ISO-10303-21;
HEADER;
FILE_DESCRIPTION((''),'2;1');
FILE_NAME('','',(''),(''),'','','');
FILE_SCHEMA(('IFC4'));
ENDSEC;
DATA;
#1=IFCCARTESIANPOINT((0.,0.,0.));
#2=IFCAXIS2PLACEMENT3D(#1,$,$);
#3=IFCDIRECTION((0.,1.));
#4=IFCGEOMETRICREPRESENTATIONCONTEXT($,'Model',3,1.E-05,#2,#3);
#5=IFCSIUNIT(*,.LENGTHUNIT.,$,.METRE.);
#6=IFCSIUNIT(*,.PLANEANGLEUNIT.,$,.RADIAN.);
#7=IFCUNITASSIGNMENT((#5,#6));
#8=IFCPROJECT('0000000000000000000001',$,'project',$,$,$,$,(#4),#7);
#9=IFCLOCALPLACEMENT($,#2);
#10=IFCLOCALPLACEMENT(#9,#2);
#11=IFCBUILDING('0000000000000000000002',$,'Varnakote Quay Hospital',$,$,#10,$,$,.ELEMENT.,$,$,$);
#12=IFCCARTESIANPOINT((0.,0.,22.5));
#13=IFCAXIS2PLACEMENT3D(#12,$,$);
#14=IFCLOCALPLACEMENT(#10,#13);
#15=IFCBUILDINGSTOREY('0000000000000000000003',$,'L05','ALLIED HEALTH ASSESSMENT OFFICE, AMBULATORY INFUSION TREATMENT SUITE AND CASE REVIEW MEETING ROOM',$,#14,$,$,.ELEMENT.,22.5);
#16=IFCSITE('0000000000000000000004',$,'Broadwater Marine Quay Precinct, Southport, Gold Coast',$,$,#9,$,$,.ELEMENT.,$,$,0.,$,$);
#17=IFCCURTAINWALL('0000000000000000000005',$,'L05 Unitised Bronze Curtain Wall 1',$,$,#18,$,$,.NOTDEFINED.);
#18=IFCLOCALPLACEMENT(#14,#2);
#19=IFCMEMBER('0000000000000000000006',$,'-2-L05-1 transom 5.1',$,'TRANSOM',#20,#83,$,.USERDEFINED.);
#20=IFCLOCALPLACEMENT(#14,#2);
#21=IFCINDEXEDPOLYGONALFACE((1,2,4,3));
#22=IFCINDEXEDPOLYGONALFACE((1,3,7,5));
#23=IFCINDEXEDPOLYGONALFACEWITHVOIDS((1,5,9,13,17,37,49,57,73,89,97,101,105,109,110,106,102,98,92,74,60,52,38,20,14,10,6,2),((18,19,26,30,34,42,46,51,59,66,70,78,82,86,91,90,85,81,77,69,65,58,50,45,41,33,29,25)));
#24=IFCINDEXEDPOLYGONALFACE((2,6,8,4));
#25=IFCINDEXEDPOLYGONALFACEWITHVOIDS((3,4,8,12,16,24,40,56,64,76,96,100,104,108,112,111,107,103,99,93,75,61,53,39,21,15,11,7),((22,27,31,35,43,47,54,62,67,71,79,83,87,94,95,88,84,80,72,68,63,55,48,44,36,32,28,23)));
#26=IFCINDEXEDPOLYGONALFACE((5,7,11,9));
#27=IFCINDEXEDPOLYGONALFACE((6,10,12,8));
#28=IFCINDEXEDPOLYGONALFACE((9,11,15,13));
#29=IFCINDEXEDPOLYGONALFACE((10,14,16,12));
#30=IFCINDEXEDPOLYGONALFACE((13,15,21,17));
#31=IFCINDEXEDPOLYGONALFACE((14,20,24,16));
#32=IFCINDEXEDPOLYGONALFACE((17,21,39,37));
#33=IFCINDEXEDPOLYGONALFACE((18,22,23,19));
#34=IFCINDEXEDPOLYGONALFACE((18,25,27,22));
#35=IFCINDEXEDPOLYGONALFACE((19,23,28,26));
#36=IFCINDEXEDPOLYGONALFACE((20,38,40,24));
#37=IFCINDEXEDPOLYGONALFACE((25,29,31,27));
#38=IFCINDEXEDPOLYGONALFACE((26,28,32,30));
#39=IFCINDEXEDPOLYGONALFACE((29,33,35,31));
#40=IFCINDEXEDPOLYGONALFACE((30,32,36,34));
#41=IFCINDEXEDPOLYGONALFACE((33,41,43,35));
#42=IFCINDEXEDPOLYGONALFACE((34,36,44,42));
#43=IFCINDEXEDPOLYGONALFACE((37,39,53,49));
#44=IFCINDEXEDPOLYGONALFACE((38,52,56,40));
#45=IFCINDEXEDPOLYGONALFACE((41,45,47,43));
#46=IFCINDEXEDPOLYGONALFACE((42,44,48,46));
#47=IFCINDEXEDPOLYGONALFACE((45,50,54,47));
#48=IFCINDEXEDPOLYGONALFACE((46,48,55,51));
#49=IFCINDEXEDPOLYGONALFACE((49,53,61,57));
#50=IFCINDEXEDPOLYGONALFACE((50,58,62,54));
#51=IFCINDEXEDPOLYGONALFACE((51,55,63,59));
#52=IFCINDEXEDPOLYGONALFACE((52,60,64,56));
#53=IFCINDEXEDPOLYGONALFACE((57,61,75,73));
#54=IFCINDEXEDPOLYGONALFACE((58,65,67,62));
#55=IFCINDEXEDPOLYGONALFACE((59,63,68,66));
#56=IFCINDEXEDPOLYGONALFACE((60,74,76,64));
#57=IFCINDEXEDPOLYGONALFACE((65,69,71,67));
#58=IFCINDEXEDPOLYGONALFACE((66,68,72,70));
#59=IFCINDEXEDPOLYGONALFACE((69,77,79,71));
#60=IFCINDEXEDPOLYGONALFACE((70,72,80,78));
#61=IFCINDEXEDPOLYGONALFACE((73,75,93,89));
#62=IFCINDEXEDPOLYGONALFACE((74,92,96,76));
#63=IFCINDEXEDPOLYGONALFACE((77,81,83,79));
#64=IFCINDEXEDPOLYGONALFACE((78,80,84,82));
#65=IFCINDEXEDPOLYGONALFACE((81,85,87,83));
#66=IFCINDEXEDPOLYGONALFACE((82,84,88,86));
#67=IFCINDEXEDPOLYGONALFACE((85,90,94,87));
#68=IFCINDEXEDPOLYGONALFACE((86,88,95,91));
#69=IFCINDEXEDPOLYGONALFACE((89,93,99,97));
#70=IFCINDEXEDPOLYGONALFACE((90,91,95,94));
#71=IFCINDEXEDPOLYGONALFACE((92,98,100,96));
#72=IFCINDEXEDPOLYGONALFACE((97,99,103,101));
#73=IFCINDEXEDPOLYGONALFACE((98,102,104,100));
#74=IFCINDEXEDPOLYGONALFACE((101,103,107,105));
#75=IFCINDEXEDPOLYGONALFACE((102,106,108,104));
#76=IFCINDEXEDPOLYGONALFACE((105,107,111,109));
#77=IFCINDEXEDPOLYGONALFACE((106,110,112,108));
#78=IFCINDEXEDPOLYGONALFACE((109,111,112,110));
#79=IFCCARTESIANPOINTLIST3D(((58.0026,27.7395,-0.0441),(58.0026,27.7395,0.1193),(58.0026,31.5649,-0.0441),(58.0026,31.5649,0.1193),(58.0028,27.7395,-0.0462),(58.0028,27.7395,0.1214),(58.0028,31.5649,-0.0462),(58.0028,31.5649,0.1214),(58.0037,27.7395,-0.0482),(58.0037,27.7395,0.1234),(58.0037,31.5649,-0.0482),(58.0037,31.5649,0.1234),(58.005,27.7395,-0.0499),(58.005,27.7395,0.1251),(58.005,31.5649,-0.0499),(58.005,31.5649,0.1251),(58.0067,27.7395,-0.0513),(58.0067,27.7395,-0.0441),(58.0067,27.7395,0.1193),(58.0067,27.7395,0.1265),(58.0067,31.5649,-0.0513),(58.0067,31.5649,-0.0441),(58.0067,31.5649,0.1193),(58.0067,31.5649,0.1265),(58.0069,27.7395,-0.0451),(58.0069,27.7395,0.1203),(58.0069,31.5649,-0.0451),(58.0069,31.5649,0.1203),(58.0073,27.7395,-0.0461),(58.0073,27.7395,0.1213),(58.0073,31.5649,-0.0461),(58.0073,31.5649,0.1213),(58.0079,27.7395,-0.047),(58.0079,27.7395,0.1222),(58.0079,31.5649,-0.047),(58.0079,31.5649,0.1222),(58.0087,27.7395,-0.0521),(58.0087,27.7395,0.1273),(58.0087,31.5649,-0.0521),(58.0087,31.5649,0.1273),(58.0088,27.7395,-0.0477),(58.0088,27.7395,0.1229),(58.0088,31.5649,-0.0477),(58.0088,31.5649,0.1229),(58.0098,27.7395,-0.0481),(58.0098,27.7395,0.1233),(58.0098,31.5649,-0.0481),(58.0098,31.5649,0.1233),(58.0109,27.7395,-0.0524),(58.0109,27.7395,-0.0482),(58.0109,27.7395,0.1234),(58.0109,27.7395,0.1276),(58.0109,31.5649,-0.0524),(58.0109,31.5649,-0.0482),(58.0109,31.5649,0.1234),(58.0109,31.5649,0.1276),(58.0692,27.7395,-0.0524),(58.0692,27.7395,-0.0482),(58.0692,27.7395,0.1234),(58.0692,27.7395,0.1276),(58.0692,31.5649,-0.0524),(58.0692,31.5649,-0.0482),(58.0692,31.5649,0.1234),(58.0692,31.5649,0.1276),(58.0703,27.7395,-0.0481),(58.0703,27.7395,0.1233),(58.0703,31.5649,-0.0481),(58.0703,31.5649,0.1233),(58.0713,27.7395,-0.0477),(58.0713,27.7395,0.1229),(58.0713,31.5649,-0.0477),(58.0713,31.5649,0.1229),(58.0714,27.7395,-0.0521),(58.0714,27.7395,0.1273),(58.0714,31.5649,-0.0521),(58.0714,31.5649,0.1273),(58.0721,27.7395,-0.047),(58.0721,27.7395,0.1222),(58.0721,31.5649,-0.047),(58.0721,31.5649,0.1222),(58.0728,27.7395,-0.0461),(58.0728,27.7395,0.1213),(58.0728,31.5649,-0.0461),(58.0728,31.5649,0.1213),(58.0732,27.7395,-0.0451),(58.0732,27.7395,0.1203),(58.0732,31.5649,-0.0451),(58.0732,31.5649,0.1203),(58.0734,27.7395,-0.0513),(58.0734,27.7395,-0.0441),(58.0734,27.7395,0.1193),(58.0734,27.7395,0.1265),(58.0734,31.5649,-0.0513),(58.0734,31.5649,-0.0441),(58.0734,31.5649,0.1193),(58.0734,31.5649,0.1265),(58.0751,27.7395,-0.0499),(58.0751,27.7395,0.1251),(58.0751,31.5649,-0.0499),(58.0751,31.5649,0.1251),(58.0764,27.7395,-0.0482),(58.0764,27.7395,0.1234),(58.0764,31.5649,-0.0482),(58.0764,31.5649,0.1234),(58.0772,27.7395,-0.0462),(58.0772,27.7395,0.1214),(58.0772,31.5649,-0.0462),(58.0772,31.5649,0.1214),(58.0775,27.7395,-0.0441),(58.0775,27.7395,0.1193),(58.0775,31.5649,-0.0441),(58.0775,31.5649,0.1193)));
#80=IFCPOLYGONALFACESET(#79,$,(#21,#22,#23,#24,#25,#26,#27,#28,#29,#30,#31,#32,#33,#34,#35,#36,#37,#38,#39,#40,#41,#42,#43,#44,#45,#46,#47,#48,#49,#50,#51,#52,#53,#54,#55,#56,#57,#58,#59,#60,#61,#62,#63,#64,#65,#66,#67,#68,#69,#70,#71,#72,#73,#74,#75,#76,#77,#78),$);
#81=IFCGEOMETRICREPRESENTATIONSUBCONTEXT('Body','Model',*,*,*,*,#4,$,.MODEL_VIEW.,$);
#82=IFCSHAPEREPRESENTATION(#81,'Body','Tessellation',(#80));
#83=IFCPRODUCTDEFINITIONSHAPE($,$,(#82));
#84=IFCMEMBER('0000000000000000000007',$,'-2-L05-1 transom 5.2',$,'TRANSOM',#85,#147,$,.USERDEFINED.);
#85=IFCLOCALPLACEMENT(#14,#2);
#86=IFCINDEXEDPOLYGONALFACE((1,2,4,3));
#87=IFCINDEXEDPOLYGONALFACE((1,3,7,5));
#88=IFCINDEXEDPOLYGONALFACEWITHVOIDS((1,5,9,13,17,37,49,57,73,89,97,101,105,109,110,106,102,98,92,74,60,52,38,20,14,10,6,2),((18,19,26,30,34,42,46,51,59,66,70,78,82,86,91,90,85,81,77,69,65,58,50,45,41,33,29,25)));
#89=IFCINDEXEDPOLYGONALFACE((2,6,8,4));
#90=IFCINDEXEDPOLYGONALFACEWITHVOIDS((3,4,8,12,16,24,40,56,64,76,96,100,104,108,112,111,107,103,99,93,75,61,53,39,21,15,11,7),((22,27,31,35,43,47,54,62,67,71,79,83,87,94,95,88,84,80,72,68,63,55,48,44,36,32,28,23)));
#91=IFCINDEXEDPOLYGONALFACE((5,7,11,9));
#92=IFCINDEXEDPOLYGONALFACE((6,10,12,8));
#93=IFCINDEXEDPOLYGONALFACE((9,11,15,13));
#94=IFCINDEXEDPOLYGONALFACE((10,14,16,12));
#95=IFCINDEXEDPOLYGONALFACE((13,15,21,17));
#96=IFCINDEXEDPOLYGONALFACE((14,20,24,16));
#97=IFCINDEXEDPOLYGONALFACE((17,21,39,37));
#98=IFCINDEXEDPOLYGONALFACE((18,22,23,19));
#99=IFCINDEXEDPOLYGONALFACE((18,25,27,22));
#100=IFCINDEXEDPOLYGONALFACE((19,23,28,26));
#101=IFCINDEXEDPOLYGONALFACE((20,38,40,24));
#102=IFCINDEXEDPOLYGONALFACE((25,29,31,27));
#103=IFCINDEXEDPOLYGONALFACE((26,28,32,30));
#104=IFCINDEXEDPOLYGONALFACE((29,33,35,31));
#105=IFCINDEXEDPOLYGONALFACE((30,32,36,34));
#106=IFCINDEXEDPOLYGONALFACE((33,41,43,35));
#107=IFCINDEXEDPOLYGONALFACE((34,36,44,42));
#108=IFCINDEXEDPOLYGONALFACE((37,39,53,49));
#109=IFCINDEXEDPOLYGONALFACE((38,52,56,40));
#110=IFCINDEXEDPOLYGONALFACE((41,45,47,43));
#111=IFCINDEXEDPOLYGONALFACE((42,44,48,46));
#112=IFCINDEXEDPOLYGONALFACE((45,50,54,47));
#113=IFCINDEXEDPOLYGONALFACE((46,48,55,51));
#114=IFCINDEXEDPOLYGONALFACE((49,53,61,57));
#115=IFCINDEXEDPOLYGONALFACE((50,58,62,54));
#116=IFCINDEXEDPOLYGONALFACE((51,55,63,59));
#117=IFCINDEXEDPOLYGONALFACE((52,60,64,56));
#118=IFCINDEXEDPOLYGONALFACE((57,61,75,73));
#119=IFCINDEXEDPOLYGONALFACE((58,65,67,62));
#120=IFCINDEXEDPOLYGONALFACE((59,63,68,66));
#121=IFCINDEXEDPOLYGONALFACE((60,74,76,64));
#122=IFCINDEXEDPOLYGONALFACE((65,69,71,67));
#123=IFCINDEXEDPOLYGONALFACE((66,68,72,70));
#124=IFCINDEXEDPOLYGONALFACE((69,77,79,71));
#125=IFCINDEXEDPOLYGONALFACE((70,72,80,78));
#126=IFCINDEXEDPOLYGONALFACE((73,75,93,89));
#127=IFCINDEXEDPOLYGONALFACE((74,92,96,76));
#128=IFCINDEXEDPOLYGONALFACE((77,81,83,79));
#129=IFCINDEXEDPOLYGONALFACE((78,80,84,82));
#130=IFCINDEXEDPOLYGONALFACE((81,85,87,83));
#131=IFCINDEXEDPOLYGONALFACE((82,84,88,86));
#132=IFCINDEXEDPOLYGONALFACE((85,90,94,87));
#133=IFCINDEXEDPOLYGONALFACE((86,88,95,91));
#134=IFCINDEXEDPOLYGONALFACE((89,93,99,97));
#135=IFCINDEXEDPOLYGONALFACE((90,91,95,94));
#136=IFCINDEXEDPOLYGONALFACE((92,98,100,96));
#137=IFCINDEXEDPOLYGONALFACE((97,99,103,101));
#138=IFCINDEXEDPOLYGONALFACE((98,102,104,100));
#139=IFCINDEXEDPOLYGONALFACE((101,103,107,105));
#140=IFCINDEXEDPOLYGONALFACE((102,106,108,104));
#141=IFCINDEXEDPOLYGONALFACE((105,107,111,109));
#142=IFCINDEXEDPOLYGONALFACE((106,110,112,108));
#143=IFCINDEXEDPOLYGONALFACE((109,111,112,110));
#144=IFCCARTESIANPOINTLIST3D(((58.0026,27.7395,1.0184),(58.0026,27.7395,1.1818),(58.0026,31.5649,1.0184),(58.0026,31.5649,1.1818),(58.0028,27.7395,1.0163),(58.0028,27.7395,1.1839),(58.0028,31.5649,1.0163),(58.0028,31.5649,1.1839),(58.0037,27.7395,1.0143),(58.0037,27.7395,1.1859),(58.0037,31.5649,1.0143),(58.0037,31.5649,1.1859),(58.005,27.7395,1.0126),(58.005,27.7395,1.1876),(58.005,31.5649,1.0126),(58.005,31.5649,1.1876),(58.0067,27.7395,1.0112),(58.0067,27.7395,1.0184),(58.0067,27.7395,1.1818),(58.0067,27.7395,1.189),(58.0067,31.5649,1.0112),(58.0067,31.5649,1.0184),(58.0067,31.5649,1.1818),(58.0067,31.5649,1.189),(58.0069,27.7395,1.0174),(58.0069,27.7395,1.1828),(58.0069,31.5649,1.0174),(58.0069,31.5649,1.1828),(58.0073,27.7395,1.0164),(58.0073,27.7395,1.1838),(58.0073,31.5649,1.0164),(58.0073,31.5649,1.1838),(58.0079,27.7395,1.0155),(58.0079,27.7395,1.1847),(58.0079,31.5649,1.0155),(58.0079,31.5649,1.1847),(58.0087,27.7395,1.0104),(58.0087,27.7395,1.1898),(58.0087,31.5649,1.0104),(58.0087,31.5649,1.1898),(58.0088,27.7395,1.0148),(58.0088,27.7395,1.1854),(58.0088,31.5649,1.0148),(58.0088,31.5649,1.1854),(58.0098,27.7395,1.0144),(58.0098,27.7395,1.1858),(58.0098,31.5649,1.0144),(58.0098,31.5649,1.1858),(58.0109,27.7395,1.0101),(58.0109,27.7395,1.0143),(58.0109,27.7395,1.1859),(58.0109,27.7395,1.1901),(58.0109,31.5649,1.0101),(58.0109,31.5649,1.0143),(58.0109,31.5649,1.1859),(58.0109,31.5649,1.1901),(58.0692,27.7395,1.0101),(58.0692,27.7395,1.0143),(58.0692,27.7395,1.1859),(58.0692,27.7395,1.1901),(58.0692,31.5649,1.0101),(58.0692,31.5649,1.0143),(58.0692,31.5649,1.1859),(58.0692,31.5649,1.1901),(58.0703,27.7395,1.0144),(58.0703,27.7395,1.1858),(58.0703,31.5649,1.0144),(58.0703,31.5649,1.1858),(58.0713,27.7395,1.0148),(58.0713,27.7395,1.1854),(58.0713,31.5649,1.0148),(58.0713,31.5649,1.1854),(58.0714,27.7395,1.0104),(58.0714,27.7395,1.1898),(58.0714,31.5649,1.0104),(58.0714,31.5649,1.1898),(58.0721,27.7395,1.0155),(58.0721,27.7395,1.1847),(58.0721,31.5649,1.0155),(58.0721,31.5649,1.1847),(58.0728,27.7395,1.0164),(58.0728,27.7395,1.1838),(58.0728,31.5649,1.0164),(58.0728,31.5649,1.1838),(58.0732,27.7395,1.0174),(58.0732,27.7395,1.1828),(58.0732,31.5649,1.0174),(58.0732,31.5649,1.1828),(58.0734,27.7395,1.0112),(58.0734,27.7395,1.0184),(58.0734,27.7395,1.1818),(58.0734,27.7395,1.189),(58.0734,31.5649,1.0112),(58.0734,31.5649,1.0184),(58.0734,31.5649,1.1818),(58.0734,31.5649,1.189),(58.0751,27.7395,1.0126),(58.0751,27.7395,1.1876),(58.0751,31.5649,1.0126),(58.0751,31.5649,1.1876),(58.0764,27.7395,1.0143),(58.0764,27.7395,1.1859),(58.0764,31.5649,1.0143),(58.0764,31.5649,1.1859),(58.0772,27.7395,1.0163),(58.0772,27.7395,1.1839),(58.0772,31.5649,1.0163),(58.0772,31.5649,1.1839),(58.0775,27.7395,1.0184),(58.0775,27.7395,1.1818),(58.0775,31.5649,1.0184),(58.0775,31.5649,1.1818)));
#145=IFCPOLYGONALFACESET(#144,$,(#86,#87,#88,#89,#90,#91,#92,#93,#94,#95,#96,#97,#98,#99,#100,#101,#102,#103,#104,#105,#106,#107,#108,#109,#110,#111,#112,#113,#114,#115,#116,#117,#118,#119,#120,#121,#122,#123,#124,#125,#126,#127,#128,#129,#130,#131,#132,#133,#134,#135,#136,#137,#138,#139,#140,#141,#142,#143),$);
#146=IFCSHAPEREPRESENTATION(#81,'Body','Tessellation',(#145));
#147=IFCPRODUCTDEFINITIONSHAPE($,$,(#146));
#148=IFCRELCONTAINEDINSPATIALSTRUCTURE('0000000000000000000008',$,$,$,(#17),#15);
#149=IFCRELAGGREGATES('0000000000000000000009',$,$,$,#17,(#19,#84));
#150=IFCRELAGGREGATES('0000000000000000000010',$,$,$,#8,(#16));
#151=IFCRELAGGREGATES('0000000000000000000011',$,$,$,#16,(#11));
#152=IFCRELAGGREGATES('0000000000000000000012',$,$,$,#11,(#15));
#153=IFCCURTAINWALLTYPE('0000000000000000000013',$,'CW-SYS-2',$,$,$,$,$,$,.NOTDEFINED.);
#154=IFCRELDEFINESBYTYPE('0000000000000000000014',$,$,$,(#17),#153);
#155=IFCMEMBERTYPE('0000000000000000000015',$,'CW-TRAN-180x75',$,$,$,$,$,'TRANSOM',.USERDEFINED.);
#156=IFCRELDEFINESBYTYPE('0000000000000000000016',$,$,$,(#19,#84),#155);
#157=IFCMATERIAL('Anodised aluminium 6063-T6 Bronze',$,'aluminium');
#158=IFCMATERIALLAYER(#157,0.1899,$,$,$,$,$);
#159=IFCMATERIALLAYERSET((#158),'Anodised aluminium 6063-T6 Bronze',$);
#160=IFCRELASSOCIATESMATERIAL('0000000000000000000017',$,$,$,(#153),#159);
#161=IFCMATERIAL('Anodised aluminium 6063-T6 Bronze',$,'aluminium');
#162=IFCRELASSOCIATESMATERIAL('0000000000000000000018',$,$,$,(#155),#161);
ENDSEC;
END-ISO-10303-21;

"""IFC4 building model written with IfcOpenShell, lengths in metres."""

from ifc_helpers import new_model, si_unit, direction, frame, origin, origin_2d, place, context, subcontext, project, spatial, hollow_rectangle, extrude, material, layer, layer_set, material_profile, profile_set, type_object, element, aggregate, save


model = new_model("IFC4")

# Units and contexts
model_context = context("Model", 3, precision=1e-05, world=origin(), true_north=direction((0.0, 1.0)))
body_context = subcontext(model_context, "Body", "Model", "MODEL_VIEW")
ifc_project = project(units=[si_unit("LENGTHUNIT", "METRE"), si_unit("PLANEANGLEUNIT", "RADIAN")], contexts=[model_context])

# Site, building, storey
site_placement = place(None, origin())
site = spatial("IfcSite", under=ifc_project, at=site_placement, Name="Broadwater Marine Quay Precinct, Southport, Gold Coast", CompositionType="ELEMENT", RefElevation=0.0)
building_placement = place(site_placement, origin())
building = spatial("IfcBuilding", under=site, at=building_placement, Name="Varnakote Quay Hospital", CompositionType="ELEMENT")
storey_placement = place(building_placement, frame((0.0, 0.0, 22.5)))
storey = spatial("IfcBuildingStorey", under=building, at=storey_placement, Name="L05", Description="ALLIED HEALTH ASSESSMENT OFFICE, AMBULATORY INFUSION TREATMENT SUITE AND CASE REVIEW MEETING ROOM", CompositionType="ELEMENT", Elevation=22.5)

# Curtain wall, members
ifc_material_1 = material(Name="Anodised aluminium 6063-T6 Bronze", Category="aluminium")
ifc_layer_1 = layer(ifc_material_1, 0.1899)
ifc_layer_set_1 = layer_set([ifc_layer_1], Name="Anodised aluminium 6063-T6 Bronze")
curtain_wall_type = type_object("IfcCurtainWallType", Name="CW-SYS-2", PredefinedType="NOTDEFINED", material=ifc_layer_set_1)
curtain_wall_placement = place(storey_placement, origin())
curtain_wall = element("IfcCurtainWall", 1, at=curtain_wall_placement, inside=storey, type_object=curtain_wall_type, Name="L05 Unitised Bronze Curtain Wall 1", PredefinedType="NOTDEFINED")
ifc_material_2 = material(Name="Anodised aluminium 6063-T6 Bronze", Category="aluminium")
ifc_material_profile_1 = material_profile(ifc_material_2, hollow_rectangle(XDim=0.075, YDim=0.1799, WallThickness=0.0042, InnerFilletRadius=0.0042, OuterFilletRadius=0.0083, at=origin_2d()), Name="CW-TRAN-180x75")
ifc_profile_set_1 = profile_set([ifc_material_profile_1], Name="Anodised aluminium 6063-T6 Bronze")
member_type_1 = type_object("IfcMemberType", Name="CW-TRAN-180x75", ElementType="TRANSOM", PredefinedType="USERDEFINED", material=ifc_profile_set_1)
member_1_placement = place(storey_placement, frame((58.04, 27.7395, 0.0376), z_axis=(0.0, 1.0, 0.0), x_axis=(-1.0, 0.0, 0.0)))
member_1 = element("IfcMember", 2, at=member_1_placement, type_object=member_type_1, Name="-2-L05-1 transom 5.1", ObjectType="TRANSOM", PredefinedType="USERDEFINED", context=body_context, shape_type="SweptSolid", body=[
    extrude(hollow_rectangle(XDim=0.075, YDim=0.1799, WallThickness=0.0042, InnerFilletRadius=0.0042, OuterFilletRadius=0.0083, at=origin_2d()), origin(), (0.0, 0.0, 1.0), 3.8254),
])
member_2_placement = place(storey_placement, frame((58.04, 27.7395, 1.1001), z_axis=(0.0, 1.0, 0.0), x_axis=(-1.0, 0.0, 0.0)))
member_2 = element("IfcMember", 3, at=member_2_placement, type_object=member_type_1, Name="-2-L05-1 transom 5.2", ObjectType="TRANSOM", PredefinedType="USERDEFINED", context=body_context, shape_type="SweptSolid", body=[
    extrude(hollow_rectangle(XDim=0.075, YDim=0.1799, WallThickness=0.0042, InnerFilletRadius=0.0042, OuterFilletRadius=0.0083, at=origin_2d()), origin(), (0.0, 0.0, 1.0), 3.8254),
])
aggregate(curtain_wall, [member_1, member_2])

save(model, "model.ifc")
